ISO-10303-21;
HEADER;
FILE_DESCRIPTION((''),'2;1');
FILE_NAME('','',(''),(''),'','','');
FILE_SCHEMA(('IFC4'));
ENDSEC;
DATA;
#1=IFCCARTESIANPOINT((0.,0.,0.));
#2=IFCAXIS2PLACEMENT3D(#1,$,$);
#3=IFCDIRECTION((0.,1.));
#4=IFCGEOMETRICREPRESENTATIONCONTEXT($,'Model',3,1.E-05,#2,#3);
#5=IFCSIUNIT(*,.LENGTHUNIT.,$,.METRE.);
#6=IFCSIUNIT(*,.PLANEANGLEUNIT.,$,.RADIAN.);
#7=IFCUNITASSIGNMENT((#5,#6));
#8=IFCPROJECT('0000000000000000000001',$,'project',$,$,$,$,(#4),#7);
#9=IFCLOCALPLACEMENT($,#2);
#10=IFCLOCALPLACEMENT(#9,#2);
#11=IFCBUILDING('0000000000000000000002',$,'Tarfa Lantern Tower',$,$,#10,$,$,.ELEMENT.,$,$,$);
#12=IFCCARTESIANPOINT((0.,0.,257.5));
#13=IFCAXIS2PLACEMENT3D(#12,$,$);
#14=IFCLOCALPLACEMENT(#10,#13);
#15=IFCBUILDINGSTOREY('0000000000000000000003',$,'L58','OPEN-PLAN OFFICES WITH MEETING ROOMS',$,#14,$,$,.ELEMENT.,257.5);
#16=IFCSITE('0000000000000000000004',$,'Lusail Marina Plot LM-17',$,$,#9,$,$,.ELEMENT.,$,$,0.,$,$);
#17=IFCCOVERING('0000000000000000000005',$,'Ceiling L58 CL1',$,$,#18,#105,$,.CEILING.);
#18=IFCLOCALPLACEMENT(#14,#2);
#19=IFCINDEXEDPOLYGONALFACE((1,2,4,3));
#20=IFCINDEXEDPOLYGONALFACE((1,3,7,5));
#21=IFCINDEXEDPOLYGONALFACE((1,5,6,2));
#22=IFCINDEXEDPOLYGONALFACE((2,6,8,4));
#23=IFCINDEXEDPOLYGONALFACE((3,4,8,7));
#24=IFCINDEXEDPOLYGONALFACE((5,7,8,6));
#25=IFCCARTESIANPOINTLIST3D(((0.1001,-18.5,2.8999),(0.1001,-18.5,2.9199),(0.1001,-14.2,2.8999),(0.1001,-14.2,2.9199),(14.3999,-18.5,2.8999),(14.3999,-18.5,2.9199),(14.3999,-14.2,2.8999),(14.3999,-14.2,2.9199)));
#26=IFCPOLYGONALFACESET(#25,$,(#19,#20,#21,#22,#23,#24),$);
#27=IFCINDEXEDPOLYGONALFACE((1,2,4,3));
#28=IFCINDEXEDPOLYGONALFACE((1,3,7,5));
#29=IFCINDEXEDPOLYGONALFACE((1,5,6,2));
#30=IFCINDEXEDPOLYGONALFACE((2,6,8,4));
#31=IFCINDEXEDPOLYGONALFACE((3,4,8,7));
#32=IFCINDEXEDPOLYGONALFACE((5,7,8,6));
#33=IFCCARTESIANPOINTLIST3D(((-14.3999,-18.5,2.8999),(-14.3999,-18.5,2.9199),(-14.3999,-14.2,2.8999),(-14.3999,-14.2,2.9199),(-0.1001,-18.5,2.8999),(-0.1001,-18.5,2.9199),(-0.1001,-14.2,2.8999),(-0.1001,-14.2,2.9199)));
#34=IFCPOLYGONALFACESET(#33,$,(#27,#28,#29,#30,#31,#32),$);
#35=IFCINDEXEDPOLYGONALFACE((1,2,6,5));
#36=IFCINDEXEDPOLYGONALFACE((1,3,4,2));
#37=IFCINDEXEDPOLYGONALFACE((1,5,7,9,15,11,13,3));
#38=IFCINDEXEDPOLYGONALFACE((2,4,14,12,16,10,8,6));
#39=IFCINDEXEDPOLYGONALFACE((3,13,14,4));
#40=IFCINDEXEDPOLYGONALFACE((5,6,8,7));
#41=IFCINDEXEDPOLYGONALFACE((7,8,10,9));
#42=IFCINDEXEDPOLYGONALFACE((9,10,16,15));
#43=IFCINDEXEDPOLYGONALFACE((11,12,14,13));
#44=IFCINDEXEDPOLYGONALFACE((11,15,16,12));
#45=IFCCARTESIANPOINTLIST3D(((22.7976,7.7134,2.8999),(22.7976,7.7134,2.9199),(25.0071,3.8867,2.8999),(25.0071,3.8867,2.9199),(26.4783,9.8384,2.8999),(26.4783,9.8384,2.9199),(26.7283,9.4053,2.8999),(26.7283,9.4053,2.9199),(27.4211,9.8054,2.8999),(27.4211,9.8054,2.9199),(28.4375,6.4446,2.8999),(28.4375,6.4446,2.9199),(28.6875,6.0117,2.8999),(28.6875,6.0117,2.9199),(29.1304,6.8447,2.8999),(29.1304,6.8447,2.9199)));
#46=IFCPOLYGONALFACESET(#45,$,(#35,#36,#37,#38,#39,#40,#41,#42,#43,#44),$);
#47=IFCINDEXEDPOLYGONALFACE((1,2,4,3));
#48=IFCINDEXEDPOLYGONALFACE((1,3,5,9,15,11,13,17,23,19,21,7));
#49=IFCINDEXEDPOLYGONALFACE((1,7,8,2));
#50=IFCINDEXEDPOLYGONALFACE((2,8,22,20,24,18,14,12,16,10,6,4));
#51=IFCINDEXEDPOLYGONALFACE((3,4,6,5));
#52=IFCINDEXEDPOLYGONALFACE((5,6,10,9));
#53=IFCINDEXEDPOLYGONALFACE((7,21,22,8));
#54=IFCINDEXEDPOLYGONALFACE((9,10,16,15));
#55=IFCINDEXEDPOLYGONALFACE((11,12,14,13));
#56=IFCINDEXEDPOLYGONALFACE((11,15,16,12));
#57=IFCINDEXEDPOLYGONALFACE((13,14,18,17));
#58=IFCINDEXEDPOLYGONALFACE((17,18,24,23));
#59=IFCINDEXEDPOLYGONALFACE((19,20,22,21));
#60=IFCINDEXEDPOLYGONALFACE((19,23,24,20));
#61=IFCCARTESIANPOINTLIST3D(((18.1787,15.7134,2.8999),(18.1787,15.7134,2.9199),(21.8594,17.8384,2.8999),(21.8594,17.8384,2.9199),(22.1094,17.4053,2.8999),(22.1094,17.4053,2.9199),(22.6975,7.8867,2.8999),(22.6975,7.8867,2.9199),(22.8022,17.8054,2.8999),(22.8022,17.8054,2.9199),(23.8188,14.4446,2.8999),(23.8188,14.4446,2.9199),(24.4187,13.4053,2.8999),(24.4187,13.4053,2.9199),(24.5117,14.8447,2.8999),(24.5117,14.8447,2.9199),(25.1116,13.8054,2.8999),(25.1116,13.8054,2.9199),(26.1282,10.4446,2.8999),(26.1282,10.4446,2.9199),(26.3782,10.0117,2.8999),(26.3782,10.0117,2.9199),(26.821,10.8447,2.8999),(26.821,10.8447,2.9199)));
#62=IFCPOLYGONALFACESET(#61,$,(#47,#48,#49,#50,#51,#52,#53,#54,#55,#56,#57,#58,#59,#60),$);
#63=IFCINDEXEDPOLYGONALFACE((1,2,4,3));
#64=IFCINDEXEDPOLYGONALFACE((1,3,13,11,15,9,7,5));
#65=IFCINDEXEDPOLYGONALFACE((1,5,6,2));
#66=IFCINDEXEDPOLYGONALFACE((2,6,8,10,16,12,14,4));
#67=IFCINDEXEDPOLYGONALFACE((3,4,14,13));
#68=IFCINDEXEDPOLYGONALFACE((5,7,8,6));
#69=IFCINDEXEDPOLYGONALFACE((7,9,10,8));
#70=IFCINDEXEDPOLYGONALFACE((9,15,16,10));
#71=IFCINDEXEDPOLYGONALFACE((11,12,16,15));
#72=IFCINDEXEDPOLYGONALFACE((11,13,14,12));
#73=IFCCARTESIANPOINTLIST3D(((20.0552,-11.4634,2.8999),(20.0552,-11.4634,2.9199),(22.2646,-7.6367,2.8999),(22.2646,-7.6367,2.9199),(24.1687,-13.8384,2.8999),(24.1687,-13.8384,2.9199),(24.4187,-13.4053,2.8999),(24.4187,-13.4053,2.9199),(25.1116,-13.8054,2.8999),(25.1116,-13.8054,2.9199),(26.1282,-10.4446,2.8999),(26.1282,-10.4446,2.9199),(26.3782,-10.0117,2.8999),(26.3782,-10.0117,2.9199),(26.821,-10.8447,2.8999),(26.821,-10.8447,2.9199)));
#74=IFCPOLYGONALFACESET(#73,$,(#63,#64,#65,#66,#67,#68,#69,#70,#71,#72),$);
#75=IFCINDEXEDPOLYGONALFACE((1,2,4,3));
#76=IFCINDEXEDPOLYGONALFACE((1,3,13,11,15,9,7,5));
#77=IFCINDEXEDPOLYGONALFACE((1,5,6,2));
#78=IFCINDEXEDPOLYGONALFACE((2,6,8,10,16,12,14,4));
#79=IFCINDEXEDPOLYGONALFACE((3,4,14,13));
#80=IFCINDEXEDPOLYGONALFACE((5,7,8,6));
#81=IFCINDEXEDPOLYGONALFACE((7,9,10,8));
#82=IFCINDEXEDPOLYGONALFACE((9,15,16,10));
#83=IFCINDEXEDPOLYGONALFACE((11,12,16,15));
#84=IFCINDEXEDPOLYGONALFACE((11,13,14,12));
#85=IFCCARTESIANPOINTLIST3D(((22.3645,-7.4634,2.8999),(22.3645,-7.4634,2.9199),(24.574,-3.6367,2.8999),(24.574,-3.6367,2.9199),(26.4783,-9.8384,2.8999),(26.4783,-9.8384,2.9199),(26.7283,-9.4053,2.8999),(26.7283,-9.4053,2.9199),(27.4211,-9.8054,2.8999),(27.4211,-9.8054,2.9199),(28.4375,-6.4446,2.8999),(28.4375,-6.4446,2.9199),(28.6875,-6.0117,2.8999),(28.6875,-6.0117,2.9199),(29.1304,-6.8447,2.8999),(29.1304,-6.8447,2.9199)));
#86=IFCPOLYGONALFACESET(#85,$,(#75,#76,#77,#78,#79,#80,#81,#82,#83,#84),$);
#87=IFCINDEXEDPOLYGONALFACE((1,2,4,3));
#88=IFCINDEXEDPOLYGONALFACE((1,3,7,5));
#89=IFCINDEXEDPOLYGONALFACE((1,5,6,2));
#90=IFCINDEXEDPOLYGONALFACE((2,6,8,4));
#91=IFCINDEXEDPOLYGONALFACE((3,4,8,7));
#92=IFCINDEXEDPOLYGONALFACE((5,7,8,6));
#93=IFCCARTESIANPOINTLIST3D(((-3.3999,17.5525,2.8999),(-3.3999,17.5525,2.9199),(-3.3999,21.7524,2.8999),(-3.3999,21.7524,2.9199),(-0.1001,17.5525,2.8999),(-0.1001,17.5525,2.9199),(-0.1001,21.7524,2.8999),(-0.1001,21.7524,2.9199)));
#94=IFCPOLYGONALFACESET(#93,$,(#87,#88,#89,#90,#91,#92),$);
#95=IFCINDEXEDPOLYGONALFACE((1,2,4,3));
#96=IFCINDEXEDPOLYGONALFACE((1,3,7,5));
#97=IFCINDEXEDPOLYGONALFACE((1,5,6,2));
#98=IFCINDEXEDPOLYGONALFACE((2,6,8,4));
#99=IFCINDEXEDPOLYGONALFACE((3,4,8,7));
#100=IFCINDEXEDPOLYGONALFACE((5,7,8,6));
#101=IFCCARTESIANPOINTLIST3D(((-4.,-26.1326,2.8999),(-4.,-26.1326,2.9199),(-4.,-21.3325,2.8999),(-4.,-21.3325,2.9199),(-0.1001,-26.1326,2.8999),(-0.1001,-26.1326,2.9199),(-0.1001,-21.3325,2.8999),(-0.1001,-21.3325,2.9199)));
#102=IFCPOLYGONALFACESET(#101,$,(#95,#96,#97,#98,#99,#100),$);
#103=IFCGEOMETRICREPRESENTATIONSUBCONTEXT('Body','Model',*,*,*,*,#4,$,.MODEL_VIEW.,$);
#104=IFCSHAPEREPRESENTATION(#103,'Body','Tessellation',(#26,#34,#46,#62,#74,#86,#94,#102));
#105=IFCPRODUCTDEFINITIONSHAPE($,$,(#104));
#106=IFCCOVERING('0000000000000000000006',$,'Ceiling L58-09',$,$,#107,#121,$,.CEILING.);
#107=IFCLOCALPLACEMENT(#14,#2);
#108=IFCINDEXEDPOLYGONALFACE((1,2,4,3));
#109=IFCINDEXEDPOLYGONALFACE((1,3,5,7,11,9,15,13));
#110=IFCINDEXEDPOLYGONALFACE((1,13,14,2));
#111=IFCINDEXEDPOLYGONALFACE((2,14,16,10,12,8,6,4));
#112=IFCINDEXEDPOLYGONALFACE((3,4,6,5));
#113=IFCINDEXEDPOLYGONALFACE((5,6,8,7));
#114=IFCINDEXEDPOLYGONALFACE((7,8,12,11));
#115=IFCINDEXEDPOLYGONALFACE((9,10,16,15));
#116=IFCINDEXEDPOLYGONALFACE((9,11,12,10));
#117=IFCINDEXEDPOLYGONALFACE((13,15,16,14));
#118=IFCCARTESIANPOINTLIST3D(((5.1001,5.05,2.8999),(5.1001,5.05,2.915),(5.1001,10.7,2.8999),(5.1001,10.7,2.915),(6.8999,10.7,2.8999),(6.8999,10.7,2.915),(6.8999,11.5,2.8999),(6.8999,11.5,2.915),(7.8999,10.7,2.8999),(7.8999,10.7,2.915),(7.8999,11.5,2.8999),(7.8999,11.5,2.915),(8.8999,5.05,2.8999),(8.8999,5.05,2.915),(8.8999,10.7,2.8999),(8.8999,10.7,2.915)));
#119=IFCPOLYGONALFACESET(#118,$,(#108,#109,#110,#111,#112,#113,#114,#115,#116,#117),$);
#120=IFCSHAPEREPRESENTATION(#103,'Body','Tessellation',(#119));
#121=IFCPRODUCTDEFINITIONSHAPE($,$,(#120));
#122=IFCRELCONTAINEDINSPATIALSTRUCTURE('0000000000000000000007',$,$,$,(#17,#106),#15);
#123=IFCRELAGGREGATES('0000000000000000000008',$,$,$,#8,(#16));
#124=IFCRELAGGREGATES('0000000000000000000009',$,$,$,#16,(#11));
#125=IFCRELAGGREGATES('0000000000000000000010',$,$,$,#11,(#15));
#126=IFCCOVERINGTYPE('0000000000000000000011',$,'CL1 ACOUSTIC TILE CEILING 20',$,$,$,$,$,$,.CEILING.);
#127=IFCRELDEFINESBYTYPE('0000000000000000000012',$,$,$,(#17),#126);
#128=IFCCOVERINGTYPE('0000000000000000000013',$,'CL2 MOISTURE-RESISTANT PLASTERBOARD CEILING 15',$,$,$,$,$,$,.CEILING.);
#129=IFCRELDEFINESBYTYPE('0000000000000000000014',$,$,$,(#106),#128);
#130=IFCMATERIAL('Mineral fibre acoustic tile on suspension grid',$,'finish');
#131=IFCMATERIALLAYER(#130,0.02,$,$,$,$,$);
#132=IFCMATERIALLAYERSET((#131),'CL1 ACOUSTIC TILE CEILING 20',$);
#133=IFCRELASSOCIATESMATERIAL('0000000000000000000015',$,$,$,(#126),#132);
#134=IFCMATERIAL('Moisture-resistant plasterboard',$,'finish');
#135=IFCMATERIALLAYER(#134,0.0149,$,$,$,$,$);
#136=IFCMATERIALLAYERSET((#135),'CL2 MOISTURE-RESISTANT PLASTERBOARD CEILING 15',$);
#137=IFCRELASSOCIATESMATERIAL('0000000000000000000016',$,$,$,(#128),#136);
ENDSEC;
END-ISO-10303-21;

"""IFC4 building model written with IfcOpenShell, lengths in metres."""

from ifc_helpers import new_model, si_unit, direction, frame, origin, place, context, subcontext, project, spatial, polyline, outline, extrude, material, layer, layer_set, type_object, element, save


model = new_model("IFC4")

# Units and contexts
model_context = context("Model", 3, precision=1e-05, world=origin(), true_north=direction((0.0, 1.0)))
body_context = subcontext(model_context, "Body", "Model", "MODEL_VIEW")
ifc_project = project(units=[si_unit("LENGTHUNIT", "METRE"), si_unit("PLANEANGLEUNIT", "RADIAN")], contexts=[model_context])

# Site, building, storey
site_placement = place(None, origin())
site = spatial("IfcSite", under=ifc_project, at=site_placement, Name="Lusail Marina Plot LM-17", CompositionType="ELEMENT", RefElevation=0.0)
building_placement = place(site_placement, origin())
building = spatial("IfcBuilding", under=site, at=building_placement, Name="Tarfa Lantern Tower", CompositionType="ELEMENT")
storey_placement = place(building_placement, frame((0.0, 0.0, 257.5)))
storey = spatial("IfcBuildingStorey", under=building, at=storey_placement, Name="L58", Description="OPEN-PLAN OFFICES WITH MEETING ROOMS", CompositionType="ELEMENT", Elevation=257.5)

# Coverings
ifc_material_1 = material(Name="Mineral fibre acoustic tile on suspension grid", Category="finish")
ifc_layer_1 = layer(ifc_material_1, 0.02)
ifc_layer_set_1 = layer_set([ifc_layer_1], Name="CL1 ACOUSTIC TILE CEILING 20")
covering_type_1 = type_object("IfcCoveringType", Name="CL1 ACOUSTIC TILE CEILING 20", PredefinedType="CEILING", material=ifc_layer_set_1)
covering_1_placement = place(storey_placement, frame((0.0, 0.0, 2.8999)))
element("IfcCovering", 1, at=covering_1_placement, inside=storey, type_object=covering_type_1, Name="Ceiling L58 CL1", PredefinedType="CEILING", context=body_context, shape_type="SweptSolid", body=[
    extrude(outline(polyline([(0.1001, -14.2), (14.3999, -14.2), (14.3999, -18.5), (0.1001, -18.5), (0.1001, -14.2)])), origin(), (0.0, 0.0, 1.0), 0.02),
    extrude(outline(polyline([(-14.3999, -14.2), (-0.1001, -14.2), (-0.1001, -18.5), (-14.3999, -18.5), (-14.3999, -14.2)])), origin(), (0.0, 0.0, 1.0), 0.02),
    extrude(outline(polyline([(22.7976, 7.7134), (26.4783, 9.8384), (26.7283, 9.4053), (27.4211, 9.8054), (29.1304, 6.8447), (28.4375, 6.4446), (28.6875, 6.0117), (25.0071, 3.8867), (22.7976, 7.7134)])), origin(), (0.0, 0.0, 1.0), 0.02),
    extrude(outline(polyline([(18.1787, 15.7134), (21.8594, 17.8384), (22.1094, 17.4053), (22.8022, 17.8054), (24.5117, 14.8447), (23.8188, 14.4446), (24.4187, 13.4053), (25.1116, 13.8054), (26.821, 10.8447), (26.1282, 10.4446), (26.3782, 10.0117), (22.6975, 7.8867), (18.1787, 15.7134)])), origin(), (0.0, 0.0, 1.0), 0.02),
    extrude(outline(polyline([(22.2646, -7.6367), (26.3782, -10.0117), (26.1282, -10.4446), (26.821, -10.8447), (25.1116, -13.8054), (24.4187, -13.4053), (24.1687, -13.8384), (20.0552, -11.4634), (22.2646, -7.6367)])), origin(), (0.0, 0.0, 1.0), 0.02),
    extrude(outline(polyline([(24.574, -3.6367), (28.6875, -6.0117), (28.4375, -6.4446), (29.1304, -6.8447), (27.4211, -9.8054), (26.7283, -9.4053), (26.4783, -9.8384), (22.3645, -7.4634), (24.574, -3.6367)])), origin(), (0.0, 0.0, 1.0), 0.02),
    extrude(outline(polyline([(-3.3999, 21.7524), (-0.1001, 21.7524), (-0.1001, 17.5525), (-3.3999, 17.5525), (-3.3999, 21.7524)])), origin(), (0.0, 0.0, 1.0), 0.02),
    extrude(outline(polyline([(-4.0, -26.1326), (-4.0, -21.3325), (-0.1001, -21.3325), (-0.1001, -26.1326), (-4.0, -26.1326)])), origin(), (0.0, 0.0, 1.0), 0.02),
])
ifc_material_2 = material(Name="Moisture-resistant plasterboard", Category="finish")
ifc_layer_2 = layer(ifc_material_2, 0.0149)
ifc_layer_set_2 = layer_set([ifc_layer_2], Name="CL2 MOISTURE-RESISTANT PLASTERBOARD CEILING 15")
covering_type_2 = type_object("IfcCoveringType", Name="CL2 MOISTURE-RESISTANT PLASTERBOARD CEILING 15", PredefinedType="CEILING", material=ifc_layer_set_2)
covering_2_placement = place(storey_placement, frame((0.0, 0.0, 2.8999)))
element("IfcCovering", 2, at=covering_2_placement, inside=storey, type_object=covering_type_2, Name="Ceiling L58-09", PredefinedType="CEILING", context=body_context, shape_type="SweptSolid", body=[
    extrude(outline(polyline([(5.1001, 5.05), (8.8999, 5.05), (8.8999, 10.7), (7.8999, 10.7), (7.8999, 11.5), (6.8999, 11.5), (6.8999, 10.7), (5.1001, 10.7), (5.1001, 5.05)])), origin(), (0.0, 0.0, 1.0), 0.0151),
])

save(model, "model.ifc")
